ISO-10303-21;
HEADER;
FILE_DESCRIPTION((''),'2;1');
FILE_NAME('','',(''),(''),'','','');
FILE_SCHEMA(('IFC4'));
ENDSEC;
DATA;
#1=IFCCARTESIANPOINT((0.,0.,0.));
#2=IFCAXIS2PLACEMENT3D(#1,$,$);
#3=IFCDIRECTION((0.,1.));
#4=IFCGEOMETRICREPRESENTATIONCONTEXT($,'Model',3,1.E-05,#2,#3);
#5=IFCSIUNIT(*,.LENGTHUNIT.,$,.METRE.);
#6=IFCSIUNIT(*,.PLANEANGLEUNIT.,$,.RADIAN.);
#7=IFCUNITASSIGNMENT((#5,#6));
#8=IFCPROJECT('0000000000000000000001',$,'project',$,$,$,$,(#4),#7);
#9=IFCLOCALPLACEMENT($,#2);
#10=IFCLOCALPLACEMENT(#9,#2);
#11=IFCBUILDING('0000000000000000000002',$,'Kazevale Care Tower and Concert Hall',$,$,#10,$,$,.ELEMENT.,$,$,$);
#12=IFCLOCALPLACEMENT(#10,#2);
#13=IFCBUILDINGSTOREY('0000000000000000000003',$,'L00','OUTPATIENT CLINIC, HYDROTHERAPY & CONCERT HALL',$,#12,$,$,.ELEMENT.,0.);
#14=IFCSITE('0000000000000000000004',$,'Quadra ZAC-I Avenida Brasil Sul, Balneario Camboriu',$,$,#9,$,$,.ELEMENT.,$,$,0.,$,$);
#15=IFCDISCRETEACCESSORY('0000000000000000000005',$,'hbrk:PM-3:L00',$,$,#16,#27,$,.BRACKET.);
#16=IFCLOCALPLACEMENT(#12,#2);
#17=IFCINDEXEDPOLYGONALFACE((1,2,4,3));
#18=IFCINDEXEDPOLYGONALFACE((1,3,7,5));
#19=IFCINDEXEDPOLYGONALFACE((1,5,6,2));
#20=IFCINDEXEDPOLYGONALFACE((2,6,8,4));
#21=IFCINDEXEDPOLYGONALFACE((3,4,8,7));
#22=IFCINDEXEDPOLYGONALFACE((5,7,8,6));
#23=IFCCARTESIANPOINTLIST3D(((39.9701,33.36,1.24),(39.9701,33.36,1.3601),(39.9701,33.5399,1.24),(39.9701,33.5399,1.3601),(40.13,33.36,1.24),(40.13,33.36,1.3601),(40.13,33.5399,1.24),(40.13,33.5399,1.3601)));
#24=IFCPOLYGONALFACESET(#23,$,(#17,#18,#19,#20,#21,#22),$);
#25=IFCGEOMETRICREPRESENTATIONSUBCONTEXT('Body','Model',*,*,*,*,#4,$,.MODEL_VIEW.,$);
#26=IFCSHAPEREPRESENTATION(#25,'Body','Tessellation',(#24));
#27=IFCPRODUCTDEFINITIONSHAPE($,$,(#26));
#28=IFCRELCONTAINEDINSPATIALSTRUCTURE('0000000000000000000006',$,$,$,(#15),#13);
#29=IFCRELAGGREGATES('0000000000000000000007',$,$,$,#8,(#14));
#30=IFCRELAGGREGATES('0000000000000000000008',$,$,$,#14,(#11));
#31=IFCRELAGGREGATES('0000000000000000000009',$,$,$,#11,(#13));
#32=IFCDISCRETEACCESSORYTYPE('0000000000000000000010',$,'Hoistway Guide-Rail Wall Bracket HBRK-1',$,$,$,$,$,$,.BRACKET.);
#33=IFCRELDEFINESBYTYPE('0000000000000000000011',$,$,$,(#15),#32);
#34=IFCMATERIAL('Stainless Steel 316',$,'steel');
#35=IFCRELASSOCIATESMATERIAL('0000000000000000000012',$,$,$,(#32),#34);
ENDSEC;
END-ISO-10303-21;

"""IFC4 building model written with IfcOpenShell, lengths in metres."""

from ifc_helpers import new_model, si_unit, direction, frame, origin, origin_2d, place, context, subcontext, project, spatial, rectangle, extrude, material, type_object, element, save


model = new_model("IFC4")

# Units and contexts
model_context = context("Model", 3, precision=1e-05, world=origin(), true_north=direction((0.0, 1.0)))
body_context = subcontext(model_context, "Body", "Model", "MODEL_VIEW")
ifc_project = project(units=[si_unit("LENGTHUNIT", "METRE"), si_unit("PLANEANGLEUNIT", "RADIAN")], contexts=[model_context])

# Site, building, storey
site_placement = place(None, origin())
site = spatial("IfcSite", under=ifc_project, at=site_placement, Name="Quadra ZAC-I Avenida Brasil Sul, Balneario Camboriu", CompositionType="ELEMENT", RefElevation=0.0)
building_placement = place(site_placement, origin())
building = spatial("IfcBuilding", under=site, at=building_placement, Name="Kazevale Care Tower and Concert Hall", CompositionType="ELEMENT")
storey_placement = place(building_placement, origin())
storey = spatial("IfcBuildingStorey", under=building, at=storey_placement, Name="L00", Description="OUTPATIENT CLINIC, HYDROTHERAPY & CONCERT HALL", CompositionType="ELEMENT", Elevation=0.0)

# Shared definitions
ifc_material_1 = material(Name="Stainless Steel 316", Category="steel")

# Discrete accessory
discrete_accessory_type = type_object("IfcDiscreteAccessoryType", Name="Hoistway Guide-Rail Wall Bracket HBRK-1", PredefinedType="BRACKET", material=ifc_material_1)
for number, where, z_axis, x_axis, name in (
    (1, (40.05, 33.45, 1.24), (0.0, 0.0, 1.0), (1.0, 0.0, 0.0), "hbrk:PM-3:L00"),
):
    element("IfcDiscreteAccessory", number, at=place(storey_placement, frame(where, z_axis=z_axis, x_axis=x_axis)), inside=storey, type_object=discrete_accessory_type, Name=name, PredefinedType="BRACKET", context=body_context, shape_type="SweptSolid", body=[
        extrude(rectangle(XDim=0.1599, YDim=0.1799, at=origin_2d()), origin(), (0.0, 0.0, 1.0), 0.1201),
    ])

save(model, "model.ifc")
